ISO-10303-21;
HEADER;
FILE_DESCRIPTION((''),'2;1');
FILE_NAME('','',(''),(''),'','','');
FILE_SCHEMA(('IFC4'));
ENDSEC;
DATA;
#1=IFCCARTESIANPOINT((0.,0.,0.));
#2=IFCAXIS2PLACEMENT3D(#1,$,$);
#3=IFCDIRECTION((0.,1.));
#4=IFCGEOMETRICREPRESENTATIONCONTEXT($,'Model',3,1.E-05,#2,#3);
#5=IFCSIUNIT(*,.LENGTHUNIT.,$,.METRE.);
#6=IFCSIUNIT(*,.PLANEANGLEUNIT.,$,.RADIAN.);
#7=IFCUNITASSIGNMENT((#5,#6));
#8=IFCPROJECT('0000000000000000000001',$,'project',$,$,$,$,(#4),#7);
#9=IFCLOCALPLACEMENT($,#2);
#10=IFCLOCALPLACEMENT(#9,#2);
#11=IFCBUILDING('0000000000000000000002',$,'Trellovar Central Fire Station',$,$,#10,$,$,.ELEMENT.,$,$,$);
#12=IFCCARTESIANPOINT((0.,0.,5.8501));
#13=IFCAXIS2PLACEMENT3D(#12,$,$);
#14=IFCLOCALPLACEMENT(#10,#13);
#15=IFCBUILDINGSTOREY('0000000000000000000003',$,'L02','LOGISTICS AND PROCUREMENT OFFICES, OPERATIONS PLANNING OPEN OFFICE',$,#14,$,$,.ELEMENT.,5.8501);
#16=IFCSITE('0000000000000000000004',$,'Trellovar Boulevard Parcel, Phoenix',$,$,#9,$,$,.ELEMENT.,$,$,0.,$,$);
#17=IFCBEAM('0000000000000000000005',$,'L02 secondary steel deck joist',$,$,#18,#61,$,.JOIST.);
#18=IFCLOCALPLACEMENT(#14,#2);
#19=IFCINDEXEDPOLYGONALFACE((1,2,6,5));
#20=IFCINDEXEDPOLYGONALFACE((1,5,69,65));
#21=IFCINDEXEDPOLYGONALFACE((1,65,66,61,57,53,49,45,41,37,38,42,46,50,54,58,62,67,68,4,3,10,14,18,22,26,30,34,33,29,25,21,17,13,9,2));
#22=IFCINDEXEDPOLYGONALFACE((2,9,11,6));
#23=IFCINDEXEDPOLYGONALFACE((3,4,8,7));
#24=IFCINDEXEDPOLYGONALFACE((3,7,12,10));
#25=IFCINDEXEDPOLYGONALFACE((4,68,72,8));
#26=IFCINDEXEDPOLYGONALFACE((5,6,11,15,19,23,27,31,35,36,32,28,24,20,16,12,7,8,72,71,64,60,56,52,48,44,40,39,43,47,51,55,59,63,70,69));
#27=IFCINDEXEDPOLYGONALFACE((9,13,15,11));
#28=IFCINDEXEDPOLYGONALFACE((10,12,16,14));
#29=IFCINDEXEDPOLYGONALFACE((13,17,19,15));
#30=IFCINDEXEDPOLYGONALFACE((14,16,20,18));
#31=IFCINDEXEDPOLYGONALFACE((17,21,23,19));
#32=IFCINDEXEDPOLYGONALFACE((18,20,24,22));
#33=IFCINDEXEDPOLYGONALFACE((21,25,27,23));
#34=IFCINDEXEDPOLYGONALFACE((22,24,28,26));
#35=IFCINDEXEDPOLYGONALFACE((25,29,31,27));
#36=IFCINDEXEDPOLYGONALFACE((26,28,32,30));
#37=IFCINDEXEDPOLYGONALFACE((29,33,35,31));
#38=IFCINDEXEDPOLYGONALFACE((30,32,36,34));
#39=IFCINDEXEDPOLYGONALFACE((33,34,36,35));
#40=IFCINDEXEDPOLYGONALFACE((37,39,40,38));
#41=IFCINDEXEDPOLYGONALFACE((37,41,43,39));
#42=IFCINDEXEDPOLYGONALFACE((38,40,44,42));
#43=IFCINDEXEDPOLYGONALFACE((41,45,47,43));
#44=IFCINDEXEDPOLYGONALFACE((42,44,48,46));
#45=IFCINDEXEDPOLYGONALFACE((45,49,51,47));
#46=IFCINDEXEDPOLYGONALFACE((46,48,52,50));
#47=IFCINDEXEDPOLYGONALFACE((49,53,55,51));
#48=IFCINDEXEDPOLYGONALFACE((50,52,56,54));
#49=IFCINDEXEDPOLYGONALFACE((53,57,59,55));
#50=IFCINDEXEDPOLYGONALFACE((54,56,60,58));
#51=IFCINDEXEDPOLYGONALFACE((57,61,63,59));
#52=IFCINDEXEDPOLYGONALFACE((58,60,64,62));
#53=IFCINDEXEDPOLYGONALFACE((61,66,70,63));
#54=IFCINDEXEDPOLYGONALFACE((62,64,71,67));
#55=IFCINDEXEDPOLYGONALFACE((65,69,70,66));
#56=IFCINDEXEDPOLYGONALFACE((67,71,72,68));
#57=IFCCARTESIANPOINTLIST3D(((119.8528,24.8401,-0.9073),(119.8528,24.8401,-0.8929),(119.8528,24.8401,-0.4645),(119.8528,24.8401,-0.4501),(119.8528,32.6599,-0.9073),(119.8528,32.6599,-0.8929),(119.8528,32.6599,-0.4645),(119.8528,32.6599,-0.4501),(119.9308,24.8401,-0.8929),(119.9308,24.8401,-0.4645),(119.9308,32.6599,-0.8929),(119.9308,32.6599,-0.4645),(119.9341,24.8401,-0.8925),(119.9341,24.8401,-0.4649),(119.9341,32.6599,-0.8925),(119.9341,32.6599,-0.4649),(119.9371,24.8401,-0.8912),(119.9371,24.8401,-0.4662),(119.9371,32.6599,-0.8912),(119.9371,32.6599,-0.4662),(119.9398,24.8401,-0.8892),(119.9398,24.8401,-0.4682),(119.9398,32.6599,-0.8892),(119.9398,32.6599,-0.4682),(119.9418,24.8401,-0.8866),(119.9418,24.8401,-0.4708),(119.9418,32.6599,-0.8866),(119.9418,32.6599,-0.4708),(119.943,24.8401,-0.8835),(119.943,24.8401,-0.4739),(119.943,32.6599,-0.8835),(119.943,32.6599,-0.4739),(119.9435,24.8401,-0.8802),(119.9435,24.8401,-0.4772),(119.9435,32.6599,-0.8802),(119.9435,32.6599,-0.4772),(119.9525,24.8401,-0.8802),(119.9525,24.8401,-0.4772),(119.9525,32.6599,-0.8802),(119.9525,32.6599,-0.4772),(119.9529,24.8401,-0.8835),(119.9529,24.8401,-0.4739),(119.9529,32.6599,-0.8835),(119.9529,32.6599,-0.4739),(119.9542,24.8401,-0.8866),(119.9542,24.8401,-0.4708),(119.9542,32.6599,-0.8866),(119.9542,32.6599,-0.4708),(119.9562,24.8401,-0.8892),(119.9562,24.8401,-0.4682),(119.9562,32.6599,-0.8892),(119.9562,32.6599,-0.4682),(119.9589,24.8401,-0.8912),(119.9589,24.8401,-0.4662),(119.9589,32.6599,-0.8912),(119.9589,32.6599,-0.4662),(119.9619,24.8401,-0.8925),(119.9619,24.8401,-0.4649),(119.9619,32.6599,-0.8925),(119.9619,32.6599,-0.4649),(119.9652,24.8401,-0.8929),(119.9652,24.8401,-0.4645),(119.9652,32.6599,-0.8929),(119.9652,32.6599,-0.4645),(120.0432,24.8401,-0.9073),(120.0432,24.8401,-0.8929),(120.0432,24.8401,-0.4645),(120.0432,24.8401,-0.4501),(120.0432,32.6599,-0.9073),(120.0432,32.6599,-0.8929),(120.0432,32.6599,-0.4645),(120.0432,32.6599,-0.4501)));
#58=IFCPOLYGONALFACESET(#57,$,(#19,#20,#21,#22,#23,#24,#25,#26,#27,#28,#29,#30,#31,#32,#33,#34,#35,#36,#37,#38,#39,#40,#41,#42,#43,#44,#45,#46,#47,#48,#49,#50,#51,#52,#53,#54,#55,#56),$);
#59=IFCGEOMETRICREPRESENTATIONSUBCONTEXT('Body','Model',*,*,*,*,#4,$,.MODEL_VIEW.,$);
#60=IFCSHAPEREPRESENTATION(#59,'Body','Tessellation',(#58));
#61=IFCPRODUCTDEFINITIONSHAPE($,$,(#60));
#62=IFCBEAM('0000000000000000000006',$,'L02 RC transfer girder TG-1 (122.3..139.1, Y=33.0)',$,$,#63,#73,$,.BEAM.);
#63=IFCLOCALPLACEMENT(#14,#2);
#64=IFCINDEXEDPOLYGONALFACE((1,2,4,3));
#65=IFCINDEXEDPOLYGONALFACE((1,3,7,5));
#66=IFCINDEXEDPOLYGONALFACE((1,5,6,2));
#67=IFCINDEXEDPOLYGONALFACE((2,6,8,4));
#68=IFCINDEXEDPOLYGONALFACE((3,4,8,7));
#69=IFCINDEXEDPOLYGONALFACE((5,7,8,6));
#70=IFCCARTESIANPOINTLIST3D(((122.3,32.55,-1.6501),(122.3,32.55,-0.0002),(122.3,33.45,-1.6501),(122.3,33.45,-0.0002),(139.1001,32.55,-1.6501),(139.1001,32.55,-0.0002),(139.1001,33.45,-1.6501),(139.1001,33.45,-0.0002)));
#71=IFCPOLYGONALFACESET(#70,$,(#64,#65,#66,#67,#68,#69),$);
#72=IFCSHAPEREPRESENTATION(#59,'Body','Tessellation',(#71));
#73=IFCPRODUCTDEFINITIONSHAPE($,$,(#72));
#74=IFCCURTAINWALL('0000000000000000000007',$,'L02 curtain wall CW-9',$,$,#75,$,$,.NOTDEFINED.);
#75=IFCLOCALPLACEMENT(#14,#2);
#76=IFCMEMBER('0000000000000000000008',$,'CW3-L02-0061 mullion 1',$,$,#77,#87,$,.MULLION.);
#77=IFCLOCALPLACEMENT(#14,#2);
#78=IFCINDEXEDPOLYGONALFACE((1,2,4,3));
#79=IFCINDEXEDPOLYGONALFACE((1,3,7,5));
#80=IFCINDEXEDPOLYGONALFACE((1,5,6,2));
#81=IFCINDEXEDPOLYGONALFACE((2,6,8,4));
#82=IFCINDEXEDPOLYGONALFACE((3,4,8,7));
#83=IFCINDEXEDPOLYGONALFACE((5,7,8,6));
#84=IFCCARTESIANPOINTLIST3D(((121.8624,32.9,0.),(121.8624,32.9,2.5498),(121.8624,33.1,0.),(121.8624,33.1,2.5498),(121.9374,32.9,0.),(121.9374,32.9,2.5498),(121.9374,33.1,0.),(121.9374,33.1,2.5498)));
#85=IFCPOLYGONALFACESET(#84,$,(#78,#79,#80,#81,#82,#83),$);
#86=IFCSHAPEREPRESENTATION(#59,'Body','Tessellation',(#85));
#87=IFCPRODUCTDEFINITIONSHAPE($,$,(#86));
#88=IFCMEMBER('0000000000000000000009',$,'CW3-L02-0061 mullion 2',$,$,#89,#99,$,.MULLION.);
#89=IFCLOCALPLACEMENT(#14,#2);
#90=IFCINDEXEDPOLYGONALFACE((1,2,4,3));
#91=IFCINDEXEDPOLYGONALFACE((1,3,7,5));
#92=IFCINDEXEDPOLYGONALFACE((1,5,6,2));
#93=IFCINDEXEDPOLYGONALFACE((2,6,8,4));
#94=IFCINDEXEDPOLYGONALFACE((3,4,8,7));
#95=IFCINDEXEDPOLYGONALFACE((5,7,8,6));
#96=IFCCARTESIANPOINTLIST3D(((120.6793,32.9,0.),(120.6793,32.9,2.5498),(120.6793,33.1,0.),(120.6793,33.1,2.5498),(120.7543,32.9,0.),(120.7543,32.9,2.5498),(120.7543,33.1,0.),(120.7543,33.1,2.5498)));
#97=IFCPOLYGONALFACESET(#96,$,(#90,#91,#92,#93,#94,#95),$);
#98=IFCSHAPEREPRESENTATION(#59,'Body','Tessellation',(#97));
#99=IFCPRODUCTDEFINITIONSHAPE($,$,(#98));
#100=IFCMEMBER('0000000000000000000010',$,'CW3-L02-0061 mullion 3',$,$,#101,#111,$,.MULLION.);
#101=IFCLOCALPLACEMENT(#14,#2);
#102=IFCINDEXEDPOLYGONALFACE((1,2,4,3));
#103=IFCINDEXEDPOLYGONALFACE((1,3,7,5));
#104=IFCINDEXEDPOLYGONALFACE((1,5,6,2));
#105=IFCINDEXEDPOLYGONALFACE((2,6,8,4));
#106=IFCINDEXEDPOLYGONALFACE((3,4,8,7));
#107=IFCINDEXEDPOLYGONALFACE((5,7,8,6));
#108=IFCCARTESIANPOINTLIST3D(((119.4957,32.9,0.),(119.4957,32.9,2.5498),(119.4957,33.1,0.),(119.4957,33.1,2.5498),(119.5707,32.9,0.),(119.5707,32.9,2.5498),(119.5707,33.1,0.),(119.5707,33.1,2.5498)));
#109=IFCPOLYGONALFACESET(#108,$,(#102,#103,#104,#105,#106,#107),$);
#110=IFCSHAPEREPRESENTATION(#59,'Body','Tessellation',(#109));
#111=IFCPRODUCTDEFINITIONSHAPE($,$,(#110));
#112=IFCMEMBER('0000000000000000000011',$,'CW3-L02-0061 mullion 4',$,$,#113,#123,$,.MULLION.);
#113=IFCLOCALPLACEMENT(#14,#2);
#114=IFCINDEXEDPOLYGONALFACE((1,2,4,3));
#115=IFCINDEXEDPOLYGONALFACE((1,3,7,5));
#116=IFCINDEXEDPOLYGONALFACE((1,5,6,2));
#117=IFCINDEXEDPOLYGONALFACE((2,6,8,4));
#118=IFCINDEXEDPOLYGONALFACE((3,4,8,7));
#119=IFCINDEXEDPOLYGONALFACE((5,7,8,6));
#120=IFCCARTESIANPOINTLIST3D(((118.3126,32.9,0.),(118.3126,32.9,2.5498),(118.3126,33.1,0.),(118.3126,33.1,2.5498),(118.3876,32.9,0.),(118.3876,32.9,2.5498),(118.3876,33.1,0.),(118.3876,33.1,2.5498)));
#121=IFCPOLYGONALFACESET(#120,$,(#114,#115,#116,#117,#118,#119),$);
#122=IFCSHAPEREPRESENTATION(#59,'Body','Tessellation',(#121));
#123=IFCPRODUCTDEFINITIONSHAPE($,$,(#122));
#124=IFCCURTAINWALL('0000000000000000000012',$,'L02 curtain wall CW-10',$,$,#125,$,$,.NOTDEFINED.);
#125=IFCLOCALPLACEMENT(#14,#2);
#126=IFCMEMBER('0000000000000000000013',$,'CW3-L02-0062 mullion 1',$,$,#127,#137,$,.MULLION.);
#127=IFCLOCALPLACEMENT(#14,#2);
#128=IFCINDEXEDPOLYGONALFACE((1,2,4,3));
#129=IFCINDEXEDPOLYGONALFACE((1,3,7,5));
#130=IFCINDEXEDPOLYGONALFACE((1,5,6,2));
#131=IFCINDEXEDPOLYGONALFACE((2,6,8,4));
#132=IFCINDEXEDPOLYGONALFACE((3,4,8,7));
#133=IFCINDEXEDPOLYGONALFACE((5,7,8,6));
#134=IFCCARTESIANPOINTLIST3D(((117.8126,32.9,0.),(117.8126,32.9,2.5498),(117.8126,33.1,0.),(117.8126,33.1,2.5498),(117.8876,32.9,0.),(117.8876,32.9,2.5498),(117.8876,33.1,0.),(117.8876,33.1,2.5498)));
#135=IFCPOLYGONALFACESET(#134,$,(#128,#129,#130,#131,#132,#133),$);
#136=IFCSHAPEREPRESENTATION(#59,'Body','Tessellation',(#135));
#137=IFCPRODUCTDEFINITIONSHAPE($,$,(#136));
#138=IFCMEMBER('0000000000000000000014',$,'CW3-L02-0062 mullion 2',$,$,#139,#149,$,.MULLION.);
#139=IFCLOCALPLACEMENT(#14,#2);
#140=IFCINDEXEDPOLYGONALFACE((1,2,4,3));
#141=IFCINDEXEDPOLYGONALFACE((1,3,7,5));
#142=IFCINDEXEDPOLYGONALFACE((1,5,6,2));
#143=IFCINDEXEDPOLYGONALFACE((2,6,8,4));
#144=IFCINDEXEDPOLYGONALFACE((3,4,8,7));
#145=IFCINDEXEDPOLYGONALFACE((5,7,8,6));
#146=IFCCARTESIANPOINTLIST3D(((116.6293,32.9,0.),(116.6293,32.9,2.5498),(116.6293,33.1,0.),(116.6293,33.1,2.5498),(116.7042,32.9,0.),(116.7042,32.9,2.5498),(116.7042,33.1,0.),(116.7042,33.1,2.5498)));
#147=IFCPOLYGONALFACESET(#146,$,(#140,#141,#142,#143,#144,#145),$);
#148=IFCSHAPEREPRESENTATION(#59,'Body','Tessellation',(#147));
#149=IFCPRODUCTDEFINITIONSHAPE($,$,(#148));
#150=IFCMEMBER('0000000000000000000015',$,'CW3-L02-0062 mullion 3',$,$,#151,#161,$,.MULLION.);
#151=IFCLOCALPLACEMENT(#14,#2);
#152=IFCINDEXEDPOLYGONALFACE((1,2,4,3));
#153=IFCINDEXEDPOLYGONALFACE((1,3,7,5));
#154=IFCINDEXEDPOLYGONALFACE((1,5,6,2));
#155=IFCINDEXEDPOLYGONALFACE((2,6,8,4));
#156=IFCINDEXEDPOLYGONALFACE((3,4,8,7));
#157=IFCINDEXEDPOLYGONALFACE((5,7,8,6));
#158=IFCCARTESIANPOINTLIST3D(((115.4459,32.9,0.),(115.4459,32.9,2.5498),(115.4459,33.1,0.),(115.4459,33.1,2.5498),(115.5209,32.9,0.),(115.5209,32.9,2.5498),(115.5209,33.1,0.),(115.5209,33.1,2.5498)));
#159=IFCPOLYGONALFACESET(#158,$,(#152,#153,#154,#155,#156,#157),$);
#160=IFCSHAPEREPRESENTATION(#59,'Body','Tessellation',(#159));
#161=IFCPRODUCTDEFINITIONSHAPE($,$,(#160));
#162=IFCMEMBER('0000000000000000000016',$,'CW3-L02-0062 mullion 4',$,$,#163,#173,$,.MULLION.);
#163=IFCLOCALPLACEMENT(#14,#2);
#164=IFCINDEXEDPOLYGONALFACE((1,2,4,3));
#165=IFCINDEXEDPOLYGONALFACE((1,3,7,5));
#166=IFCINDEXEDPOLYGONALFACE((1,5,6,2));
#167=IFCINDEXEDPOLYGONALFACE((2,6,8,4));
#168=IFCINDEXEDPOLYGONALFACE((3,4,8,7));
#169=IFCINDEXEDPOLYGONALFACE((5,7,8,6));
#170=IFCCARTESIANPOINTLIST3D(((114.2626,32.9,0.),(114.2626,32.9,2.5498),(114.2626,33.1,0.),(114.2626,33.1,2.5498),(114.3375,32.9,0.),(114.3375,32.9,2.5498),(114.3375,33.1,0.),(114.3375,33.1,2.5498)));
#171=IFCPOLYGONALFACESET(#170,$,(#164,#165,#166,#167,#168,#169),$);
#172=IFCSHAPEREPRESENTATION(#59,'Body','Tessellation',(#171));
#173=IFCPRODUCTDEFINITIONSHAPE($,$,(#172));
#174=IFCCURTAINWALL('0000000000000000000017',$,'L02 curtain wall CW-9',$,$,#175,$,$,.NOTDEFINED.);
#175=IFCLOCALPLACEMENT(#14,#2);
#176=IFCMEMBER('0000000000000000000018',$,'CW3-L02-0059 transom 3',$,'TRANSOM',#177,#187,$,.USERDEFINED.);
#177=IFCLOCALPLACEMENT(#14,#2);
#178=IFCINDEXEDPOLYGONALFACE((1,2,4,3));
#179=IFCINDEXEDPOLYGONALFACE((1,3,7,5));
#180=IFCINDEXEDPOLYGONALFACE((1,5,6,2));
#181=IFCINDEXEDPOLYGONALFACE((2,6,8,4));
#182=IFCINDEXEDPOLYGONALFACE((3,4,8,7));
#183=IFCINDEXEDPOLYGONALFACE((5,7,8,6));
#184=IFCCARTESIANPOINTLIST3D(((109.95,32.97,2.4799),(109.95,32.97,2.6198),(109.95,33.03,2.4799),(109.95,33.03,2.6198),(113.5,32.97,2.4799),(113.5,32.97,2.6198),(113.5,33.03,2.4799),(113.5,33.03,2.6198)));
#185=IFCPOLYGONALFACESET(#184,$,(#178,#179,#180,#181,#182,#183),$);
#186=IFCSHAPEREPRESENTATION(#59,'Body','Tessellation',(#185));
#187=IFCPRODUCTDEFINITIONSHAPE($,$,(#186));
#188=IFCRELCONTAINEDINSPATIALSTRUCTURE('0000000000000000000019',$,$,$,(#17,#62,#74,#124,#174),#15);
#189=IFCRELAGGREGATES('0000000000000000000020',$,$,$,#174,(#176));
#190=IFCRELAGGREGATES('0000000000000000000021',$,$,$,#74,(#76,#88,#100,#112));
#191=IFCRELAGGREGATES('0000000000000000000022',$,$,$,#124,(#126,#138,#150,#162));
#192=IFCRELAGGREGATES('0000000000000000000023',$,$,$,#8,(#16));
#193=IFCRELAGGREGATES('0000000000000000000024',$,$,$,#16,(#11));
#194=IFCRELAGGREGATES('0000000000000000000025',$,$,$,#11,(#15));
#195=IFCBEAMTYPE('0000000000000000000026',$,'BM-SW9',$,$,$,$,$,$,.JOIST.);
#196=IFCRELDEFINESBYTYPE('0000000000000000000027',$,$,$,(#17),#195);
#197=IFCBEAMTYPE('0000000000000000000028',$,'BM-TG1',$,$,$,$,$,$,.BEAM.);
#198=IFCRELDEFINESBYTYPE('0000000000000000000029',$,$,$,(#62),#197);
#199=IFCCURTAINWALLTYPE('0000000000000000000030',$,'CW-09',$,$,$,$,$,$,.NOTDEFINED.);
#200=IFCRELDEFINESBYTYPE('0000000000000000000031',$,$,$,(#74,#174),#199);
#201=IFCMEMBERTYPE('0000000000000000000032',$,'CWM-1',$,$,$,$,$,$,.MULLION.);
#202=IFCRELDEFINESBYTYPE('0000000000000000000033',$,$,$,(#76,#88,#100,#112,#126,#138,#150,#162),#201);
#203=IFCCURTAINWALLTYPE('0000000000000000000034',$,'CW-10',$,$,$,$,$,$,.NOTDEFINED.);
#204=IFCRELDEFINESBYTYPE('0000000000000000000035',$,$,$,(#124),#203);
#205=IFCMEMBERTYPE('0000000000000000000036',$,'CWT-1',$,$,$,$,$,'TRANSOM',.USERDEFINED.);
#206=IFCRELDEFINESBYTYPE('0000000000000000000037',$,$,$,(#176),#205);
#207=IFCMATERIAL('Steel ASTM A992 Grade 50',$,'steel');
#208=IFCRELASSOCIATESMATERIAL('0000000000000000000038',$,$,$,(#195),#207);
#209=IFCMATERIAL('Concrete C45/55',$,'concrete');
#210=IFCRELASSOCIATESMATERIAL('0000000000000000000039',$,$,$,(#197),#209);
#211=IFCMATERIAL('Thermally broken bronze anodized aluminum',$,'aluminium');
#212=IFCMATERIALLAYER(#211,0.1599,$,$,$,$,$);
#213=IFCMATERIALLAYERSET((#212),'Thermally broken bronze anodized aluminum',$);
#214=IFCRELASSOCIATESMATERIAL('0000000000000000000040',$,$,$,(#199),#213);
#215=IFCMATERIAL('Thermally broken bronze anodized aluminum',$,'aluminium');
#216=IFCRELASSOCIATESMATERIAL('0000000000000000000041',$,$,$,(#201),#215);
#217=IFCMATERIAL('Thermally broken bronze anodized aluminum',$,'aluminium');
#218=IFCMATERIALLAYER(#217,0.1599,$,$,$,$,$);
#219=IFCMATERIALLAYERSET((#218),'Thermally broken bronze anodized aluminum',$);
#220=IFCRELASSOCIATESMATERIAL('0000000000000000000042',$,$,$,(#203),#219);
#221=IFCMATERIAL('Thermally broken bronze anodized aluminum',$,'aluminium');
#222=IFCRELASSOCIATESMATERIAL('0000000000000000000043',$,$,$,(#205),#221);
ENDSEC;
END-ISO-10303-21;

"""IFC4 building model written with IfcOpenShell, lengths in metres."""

from ifc_helpers import new_model, si_unit, direction, frame, origin, origin_2d, place, context, subcontext, project, spatial, rectangle, i_section, extrude, material, layer, layer_set, material_profile, profile_set, type_object, element, aggregate, save


model = new_model("IFC4")

# Units and contexts
model_context = context("Model", 3, precision=1e-05, world=origin(), true_north=direction((0.0, 1.0)))
body_context = subcontext(model_context, "Body", "Model", "MODEL_VIEW")
ifc_project = project(units=[si_unit("LENGTHUNIT", "METRE"), si_unit("PLANEANGLEUNIT", "RADIAN")], contexts=[model_context])

# Site, building, storey
site_placement = place(None, origin())
site = spatial("IfcSite", under=ifc_project, at=site_placement, Name="Trellovar Boulevard Parcel, Phoenix", CompositionType="ELEMENT", RefElevation=0.0)
building_placement = place(site_placement, origin())
building = spatial("IfcBuilding", under=site, at=building_placement, Name="Trellovar Central Fire Station", CompositionType="ELEMENT")
storey_placement = place(building_placement, frame((0.0, 0.0, 5.8501)))
storey = spatial("IfcBuildingStorey", under=building, at=storey_placement, Name="L02", Description="LOGISTICS AND PROCUREMENT OFFICES, OPERATIONS PLANNING OPEN OFFICE", CompositionType="ELEMENT", Elevation=5.8501)

# Beams
ifc_material_1 = material(Name="Steel ASTM A992 Grade 50", Category="steel")
ifc_material_profile_1 = material_profile(ifc_material_1, i_section(OverallWidth=0.1904, OverallDepth=0.4573, WebThickness=0.009, FlangeThickness=0.0144, FilletRadius=0.0127, at=origin_2d()), Name="W18X50")
ifc_profile_set_1 = profile_set([ifc_material_profile_1], Name="Steel ASTM A992 Grade 50")
beam_type_1 = type_object("IfcBeamType", Name="BM-SW9", PredefinedType="JOIST", material=ifc_profile_set_1)
beam_1_placement = place(storey_placement, frame((119.948, 24.8401, -0.6787), z_axis=(0.0, 1.0, 0.0), x_axis=(-1.0, 0.0, 0.0)))
element("IfcBeam", 1, at=beam_1_placement, inside=storey, type_object=beam_type_1, Name="L02 secondary steel deck joist", PredefinedType="JOIST", context=body_context, shape_type="SweptSolid", body=[
    extrude(i_section(OverallWidth=0.1904, OverallDepth=0.4573, WebThickness=0.009, FlangeThickness=0.0144, FilletRadius=0.0127, at=origin_2d()), origin(), (0.0, 0.0, 1.0), 7.8198),
])
ifc_material_2 = material(Name="Concrete C45/55", Category="concrete")
ifc_material_profile_2 = material_profile(ifc_material_2, rectangle(XDim=0.8999, YDim=1.6499, at=origin_2d()), Name="RC900X1650")
ifc_profile_set_2 = profile_set([ifc_material_profile_2], Name="Concrete C45/55")
beam_type_2 = type_object("IfcBeamType", Name="BM-TG1", PredefinedType="BEAM", material=ifc_profile_set_2)
beam_2_placement = place(storey_placement, frame((122.3, 33.0, -0.8252), z_axis=(1.0, 0.0, 0.0), x_axis=(0.0, 1.0, 0.0)))
element("IfcBeam", 2, at=beam_2_placement, inside=storey, type_object=beam_type_2, Name="L02 RC transfer girder TG-1 (122.3..139.1, Y=33.0)", PredefinedType="BEAM", context=body_context, shape_type="SweptSolid", body=[
    extrude(rectangle(XDim=0.8999, YDim=1.6499, at=origin_2d()), origin(), (0.0, 0.0, 1.0), 16.8),
])

# Curtain walls, members
ifc_material_3 = material(Name="Thermally broken bronze anodized aluminum", Category="aluminium")
ifc_layer_1 = layer(ifc_material_3, 0.1599)
ifc_layer_set_1 = layer_set([ifc_layer_1], Name="Thermally broken bronze anodized aluminum")
curtain_wall_type_1 = type_object("IfcCurtainWallType", Name="CW-09", PredefinedType="NOTDEFINED", material=ifc_layer_set_1)
curtain_wall_1_placement = place(storey_placement, origin())
curtain_wall_1 = element("IfcCurtainWall", 3, at=curtain_wall_1_placement, inside=storey, type_object=curtain_wall_type_1, Name="L02 curtain wall CW-9", PredefinedType="NOTDEFINED")
ifc_material_4 = material(Name="Thermally broken bronze anodized aluminum", Category="aluminium")
ifc_material_profile_3 = material_profile(ifc_material_4, rectangle(XDim=0.075, YDim=0.2, at=origin_2d()), Name="ALU75X200")
ifc_profile_set_3 = profile_set([ifc_material_profile_3], Name="Thermally broken bronze anodized aluminum")
member_type_1 = type_object("IfcMemberType", Name="CWM-1", PredefinedType="MULLION", material=ifc_profile_set_3)
member_1_placement = place(storey_placement, frame((121.8999, 33.0, 0.0), z_axis=(0.0, 0.0, 1.0), x_axis=(1.0, 0.0, 0.0)))
member_1 = element("IfcMember", 4, at=member_1_placement, type_object=member_type_1, Name="CW3-L02-0061 mullion 1", PredefinedType="MULLION", context=body_context, shape_type="SweptSolid", body=[
    extrude(rectangle(XDim=0.075, YDim=0.2, at=origin_2d()), origin(), (0.0, 0.0, 1.0), 2.5498),
])
member_2_placement = place(storey_placement, frame((120.7168, 33.0, 0.0), z_axis=(0.0, 0.0, 1.0), x_axis=(1.0, 0.0, 0.0)))
member_2 = element("IfcMember", 5, at=member_2_placement, type_object=member_type_1, Name="CW3-L02-0061 mullion 2", PredefinedType="MULLION", context=body_context, shape_type="SweptSolid", body=[
    extrude(rectangle(XDim=0.075, YDim=0.2, at=origin_2d()), origin(), (0.0, 0.0, 1.0), 2.5498),
])
member_3_placement = place(storey_placement, frame((119.5332, 33.0, 0.0), z_axis=(0.0, 0.0, 1.0), x_axis=(1.0, 0.0, 0.0)))
member_3 = element("IfcMember", 6, at=member_3_placement, type_object=member_type_1, Name="CW3-L02-0061 mullion 3", PredefinedType="MULLION", context=body_context, shape_type="SweptSolid", body=[
    extrude(rectangle(XDim=0.075, YDim=0.2, at=origin_2d()), origin(), (0.0, 0.0, 1.0), 2.5498),
])
member_4_placement = place(storey_placement, frame((118.3501, 33.0, 0.0), z_axis=(0.0, 0.0, 1.0), x_axis=(1.0, 0.0, 0.0)))
member_4 = element("IfcMember", 7, at=member_4_placement, type_object=member_type_1, Name="CW3-L02-0061 mullion 4", PredefinedType="MULLION", context=body_context, shape_type="SweptSolid", body=[
    extrude(rectangle(XDim=0.075, YDim=0.2, at=origin_2d()), origin(), (0.0, 0.0, 1.0), 2.5498),
])
ifc_material_5 = material(Name="Thermally broken bronze anodized aluminum", Category="aluminium")
ifc_layer_2 = layer(ifc_material_5, 0.1599)
ifc_layer_set_2 = layer_set([ifc_layer_2], Name="Thermally broken bronze anodized aluminum")
curtain_wall_type_2 = type_object("IfcCurtainWallType", Name="CW-10", PredefinedType="NOTDEFINED", material=ifc_layer_set_2)
curtain_wall_2_placement = place(storey_placement, origin())
curtain_wall_2 = element("IfcCurtainWall", 8, at=curtain_wall_2_placement, inside=storey, type_object=curtain_wall_type_2, Name="L02 curtain wall CW-10", PredefinedType="NOTDEFINED")
member_5_placement = place(storey_placement, frame((117.8501, 33.0, 0.0), z_axis=(0.0, 0.0, 1.0), x_axis=(1.0, 0.0, 0.0)))
member_5 = element("IfcMember", 9, at=member_5_placement, type_object=member_type_1, Name="CW3-L02-0062 mullion 1", PredefinedType="MULLION", context=body_context, shape_type="SweptSolid", body=[
    extrude(rectangle(XDim=0.075, YDim=0.2, at=origin_2d()), origin(), (0.0, 0.0, 1.0), 2.5498),
])
member_6_placement = place(storey_placement, frame((116.6667, 33.0, 0.0), z_axis=(0.0, 0.0, 1.0), x_axis=(1.0, 0.0, 0.0)))
member_6 = element("IfcMember", 10, at=member_6_placement, type_object=member_type_1, Name="CW3-L02-0062 mullion 2", PredefinedType="MULLION", context=body_context, shape_type="SweptSolid", body=[
    extrude(rectangle(XDim=0.075, YDim=0.2, at=origin_2d()), origin(), (0.0, 0.0, 1.0), 2.5498),
])
member_7_placement = place(storey_placement, frame((115.4834, 33.0, 0.0), z_axis=(0.0, 0.0, 1.0), x_axis=(1.0, 0.0, 0.0)))
member_7 = element("IfcMember", 11, at=member_7_placement, type_object=member_type_1, Name="CW3-L02-0062 mullion 3", PredefinedType="MULLION", context=body_context, shape_type="SweptSolid", body=[
    extrude(rectangle(XDim=0.075, YDim=0.2, at=origin_2d()), origin(), (0.0, 0.0, 1.0), 2.5498),
])
member_8_placement = place(storey_placement, frame((114.3, 33.0, 0.0), z_axis=(0.0, 0.0, 1.0), x_axis=(1.0, 0.0, 0.0)))
member_8 = element("IfcMember", 12, at=member_8_placement, type_object=member_type_1, Name="CW3-L02-0062 mullion 4", PredefinedType="MULLION", context=body_context, shape_type="SweptSolid", body=[
    extrude(rectangle(XDim=0.075, YDim=0.2, at=origin_2d()), origin(), (0.0, 0.0, 1.0), 2.5498),
])

# Curtain wall, member
curtain_wall_3_placement = place(storey_placement, origin())
curtain_wall_3 = element("IfcCurtainWall", 13, at=curtain_wall_3_placement, inside=storey, type_object=curtain_wall_type_1, Name="L02 curtain wall CW-9", PredefinedType="NOTDEFINED")
ifc_material_6 = material(Name="Thermally broken bronze anodized aluminum", Category="aluminium")
ifc_material_profile_4 = material_profile(ifc_material_6, rectangle(XDim=0.0601, YDim=0.1399, at=origin_2d()), Name="ALU60X140")
ifc_profile_set_4 = profile_set([ifc_material_profile_4], Name="Thermally broken bronze anodized aluminum")
member_type_2 = type_object("IfcMemberType", Name="CWT-1", ElementType="TRANSOM", PredefinedType="USERDEFINED", material=ifc_profile_set_4)
member_9_placement = place(storey_placement, frame((113.5, 33.0, 2.5498), z_axis=(-1.0, 0.0, 0.0), x_axis=(0.0, -1.0, 0.0)))
member_9 = element("IfcMember", 14, at=member_9_placement, type_object=member_type_2, Name="CW3-L02-0059 transom 3", ObjectType="TRANSOM", PredefinedType="USERDEFINED", context=body_context, shape_type="SweptSolid", body=[
    extrude(rectangle(XDim=0.0601, YDim=0.1399, at=origin_2d()), origin(), (0.0, 0.0, 1.0), 3.55),
])
aggregate(curtain_wall_3, [member_9])

aggregate(curtain_wall_1, [member_1, member_2, member_3, member_4])
aggregate(curtain_wall_2, [member_5, member_6, member_7, member_8])

save(model, "model.ifc")
